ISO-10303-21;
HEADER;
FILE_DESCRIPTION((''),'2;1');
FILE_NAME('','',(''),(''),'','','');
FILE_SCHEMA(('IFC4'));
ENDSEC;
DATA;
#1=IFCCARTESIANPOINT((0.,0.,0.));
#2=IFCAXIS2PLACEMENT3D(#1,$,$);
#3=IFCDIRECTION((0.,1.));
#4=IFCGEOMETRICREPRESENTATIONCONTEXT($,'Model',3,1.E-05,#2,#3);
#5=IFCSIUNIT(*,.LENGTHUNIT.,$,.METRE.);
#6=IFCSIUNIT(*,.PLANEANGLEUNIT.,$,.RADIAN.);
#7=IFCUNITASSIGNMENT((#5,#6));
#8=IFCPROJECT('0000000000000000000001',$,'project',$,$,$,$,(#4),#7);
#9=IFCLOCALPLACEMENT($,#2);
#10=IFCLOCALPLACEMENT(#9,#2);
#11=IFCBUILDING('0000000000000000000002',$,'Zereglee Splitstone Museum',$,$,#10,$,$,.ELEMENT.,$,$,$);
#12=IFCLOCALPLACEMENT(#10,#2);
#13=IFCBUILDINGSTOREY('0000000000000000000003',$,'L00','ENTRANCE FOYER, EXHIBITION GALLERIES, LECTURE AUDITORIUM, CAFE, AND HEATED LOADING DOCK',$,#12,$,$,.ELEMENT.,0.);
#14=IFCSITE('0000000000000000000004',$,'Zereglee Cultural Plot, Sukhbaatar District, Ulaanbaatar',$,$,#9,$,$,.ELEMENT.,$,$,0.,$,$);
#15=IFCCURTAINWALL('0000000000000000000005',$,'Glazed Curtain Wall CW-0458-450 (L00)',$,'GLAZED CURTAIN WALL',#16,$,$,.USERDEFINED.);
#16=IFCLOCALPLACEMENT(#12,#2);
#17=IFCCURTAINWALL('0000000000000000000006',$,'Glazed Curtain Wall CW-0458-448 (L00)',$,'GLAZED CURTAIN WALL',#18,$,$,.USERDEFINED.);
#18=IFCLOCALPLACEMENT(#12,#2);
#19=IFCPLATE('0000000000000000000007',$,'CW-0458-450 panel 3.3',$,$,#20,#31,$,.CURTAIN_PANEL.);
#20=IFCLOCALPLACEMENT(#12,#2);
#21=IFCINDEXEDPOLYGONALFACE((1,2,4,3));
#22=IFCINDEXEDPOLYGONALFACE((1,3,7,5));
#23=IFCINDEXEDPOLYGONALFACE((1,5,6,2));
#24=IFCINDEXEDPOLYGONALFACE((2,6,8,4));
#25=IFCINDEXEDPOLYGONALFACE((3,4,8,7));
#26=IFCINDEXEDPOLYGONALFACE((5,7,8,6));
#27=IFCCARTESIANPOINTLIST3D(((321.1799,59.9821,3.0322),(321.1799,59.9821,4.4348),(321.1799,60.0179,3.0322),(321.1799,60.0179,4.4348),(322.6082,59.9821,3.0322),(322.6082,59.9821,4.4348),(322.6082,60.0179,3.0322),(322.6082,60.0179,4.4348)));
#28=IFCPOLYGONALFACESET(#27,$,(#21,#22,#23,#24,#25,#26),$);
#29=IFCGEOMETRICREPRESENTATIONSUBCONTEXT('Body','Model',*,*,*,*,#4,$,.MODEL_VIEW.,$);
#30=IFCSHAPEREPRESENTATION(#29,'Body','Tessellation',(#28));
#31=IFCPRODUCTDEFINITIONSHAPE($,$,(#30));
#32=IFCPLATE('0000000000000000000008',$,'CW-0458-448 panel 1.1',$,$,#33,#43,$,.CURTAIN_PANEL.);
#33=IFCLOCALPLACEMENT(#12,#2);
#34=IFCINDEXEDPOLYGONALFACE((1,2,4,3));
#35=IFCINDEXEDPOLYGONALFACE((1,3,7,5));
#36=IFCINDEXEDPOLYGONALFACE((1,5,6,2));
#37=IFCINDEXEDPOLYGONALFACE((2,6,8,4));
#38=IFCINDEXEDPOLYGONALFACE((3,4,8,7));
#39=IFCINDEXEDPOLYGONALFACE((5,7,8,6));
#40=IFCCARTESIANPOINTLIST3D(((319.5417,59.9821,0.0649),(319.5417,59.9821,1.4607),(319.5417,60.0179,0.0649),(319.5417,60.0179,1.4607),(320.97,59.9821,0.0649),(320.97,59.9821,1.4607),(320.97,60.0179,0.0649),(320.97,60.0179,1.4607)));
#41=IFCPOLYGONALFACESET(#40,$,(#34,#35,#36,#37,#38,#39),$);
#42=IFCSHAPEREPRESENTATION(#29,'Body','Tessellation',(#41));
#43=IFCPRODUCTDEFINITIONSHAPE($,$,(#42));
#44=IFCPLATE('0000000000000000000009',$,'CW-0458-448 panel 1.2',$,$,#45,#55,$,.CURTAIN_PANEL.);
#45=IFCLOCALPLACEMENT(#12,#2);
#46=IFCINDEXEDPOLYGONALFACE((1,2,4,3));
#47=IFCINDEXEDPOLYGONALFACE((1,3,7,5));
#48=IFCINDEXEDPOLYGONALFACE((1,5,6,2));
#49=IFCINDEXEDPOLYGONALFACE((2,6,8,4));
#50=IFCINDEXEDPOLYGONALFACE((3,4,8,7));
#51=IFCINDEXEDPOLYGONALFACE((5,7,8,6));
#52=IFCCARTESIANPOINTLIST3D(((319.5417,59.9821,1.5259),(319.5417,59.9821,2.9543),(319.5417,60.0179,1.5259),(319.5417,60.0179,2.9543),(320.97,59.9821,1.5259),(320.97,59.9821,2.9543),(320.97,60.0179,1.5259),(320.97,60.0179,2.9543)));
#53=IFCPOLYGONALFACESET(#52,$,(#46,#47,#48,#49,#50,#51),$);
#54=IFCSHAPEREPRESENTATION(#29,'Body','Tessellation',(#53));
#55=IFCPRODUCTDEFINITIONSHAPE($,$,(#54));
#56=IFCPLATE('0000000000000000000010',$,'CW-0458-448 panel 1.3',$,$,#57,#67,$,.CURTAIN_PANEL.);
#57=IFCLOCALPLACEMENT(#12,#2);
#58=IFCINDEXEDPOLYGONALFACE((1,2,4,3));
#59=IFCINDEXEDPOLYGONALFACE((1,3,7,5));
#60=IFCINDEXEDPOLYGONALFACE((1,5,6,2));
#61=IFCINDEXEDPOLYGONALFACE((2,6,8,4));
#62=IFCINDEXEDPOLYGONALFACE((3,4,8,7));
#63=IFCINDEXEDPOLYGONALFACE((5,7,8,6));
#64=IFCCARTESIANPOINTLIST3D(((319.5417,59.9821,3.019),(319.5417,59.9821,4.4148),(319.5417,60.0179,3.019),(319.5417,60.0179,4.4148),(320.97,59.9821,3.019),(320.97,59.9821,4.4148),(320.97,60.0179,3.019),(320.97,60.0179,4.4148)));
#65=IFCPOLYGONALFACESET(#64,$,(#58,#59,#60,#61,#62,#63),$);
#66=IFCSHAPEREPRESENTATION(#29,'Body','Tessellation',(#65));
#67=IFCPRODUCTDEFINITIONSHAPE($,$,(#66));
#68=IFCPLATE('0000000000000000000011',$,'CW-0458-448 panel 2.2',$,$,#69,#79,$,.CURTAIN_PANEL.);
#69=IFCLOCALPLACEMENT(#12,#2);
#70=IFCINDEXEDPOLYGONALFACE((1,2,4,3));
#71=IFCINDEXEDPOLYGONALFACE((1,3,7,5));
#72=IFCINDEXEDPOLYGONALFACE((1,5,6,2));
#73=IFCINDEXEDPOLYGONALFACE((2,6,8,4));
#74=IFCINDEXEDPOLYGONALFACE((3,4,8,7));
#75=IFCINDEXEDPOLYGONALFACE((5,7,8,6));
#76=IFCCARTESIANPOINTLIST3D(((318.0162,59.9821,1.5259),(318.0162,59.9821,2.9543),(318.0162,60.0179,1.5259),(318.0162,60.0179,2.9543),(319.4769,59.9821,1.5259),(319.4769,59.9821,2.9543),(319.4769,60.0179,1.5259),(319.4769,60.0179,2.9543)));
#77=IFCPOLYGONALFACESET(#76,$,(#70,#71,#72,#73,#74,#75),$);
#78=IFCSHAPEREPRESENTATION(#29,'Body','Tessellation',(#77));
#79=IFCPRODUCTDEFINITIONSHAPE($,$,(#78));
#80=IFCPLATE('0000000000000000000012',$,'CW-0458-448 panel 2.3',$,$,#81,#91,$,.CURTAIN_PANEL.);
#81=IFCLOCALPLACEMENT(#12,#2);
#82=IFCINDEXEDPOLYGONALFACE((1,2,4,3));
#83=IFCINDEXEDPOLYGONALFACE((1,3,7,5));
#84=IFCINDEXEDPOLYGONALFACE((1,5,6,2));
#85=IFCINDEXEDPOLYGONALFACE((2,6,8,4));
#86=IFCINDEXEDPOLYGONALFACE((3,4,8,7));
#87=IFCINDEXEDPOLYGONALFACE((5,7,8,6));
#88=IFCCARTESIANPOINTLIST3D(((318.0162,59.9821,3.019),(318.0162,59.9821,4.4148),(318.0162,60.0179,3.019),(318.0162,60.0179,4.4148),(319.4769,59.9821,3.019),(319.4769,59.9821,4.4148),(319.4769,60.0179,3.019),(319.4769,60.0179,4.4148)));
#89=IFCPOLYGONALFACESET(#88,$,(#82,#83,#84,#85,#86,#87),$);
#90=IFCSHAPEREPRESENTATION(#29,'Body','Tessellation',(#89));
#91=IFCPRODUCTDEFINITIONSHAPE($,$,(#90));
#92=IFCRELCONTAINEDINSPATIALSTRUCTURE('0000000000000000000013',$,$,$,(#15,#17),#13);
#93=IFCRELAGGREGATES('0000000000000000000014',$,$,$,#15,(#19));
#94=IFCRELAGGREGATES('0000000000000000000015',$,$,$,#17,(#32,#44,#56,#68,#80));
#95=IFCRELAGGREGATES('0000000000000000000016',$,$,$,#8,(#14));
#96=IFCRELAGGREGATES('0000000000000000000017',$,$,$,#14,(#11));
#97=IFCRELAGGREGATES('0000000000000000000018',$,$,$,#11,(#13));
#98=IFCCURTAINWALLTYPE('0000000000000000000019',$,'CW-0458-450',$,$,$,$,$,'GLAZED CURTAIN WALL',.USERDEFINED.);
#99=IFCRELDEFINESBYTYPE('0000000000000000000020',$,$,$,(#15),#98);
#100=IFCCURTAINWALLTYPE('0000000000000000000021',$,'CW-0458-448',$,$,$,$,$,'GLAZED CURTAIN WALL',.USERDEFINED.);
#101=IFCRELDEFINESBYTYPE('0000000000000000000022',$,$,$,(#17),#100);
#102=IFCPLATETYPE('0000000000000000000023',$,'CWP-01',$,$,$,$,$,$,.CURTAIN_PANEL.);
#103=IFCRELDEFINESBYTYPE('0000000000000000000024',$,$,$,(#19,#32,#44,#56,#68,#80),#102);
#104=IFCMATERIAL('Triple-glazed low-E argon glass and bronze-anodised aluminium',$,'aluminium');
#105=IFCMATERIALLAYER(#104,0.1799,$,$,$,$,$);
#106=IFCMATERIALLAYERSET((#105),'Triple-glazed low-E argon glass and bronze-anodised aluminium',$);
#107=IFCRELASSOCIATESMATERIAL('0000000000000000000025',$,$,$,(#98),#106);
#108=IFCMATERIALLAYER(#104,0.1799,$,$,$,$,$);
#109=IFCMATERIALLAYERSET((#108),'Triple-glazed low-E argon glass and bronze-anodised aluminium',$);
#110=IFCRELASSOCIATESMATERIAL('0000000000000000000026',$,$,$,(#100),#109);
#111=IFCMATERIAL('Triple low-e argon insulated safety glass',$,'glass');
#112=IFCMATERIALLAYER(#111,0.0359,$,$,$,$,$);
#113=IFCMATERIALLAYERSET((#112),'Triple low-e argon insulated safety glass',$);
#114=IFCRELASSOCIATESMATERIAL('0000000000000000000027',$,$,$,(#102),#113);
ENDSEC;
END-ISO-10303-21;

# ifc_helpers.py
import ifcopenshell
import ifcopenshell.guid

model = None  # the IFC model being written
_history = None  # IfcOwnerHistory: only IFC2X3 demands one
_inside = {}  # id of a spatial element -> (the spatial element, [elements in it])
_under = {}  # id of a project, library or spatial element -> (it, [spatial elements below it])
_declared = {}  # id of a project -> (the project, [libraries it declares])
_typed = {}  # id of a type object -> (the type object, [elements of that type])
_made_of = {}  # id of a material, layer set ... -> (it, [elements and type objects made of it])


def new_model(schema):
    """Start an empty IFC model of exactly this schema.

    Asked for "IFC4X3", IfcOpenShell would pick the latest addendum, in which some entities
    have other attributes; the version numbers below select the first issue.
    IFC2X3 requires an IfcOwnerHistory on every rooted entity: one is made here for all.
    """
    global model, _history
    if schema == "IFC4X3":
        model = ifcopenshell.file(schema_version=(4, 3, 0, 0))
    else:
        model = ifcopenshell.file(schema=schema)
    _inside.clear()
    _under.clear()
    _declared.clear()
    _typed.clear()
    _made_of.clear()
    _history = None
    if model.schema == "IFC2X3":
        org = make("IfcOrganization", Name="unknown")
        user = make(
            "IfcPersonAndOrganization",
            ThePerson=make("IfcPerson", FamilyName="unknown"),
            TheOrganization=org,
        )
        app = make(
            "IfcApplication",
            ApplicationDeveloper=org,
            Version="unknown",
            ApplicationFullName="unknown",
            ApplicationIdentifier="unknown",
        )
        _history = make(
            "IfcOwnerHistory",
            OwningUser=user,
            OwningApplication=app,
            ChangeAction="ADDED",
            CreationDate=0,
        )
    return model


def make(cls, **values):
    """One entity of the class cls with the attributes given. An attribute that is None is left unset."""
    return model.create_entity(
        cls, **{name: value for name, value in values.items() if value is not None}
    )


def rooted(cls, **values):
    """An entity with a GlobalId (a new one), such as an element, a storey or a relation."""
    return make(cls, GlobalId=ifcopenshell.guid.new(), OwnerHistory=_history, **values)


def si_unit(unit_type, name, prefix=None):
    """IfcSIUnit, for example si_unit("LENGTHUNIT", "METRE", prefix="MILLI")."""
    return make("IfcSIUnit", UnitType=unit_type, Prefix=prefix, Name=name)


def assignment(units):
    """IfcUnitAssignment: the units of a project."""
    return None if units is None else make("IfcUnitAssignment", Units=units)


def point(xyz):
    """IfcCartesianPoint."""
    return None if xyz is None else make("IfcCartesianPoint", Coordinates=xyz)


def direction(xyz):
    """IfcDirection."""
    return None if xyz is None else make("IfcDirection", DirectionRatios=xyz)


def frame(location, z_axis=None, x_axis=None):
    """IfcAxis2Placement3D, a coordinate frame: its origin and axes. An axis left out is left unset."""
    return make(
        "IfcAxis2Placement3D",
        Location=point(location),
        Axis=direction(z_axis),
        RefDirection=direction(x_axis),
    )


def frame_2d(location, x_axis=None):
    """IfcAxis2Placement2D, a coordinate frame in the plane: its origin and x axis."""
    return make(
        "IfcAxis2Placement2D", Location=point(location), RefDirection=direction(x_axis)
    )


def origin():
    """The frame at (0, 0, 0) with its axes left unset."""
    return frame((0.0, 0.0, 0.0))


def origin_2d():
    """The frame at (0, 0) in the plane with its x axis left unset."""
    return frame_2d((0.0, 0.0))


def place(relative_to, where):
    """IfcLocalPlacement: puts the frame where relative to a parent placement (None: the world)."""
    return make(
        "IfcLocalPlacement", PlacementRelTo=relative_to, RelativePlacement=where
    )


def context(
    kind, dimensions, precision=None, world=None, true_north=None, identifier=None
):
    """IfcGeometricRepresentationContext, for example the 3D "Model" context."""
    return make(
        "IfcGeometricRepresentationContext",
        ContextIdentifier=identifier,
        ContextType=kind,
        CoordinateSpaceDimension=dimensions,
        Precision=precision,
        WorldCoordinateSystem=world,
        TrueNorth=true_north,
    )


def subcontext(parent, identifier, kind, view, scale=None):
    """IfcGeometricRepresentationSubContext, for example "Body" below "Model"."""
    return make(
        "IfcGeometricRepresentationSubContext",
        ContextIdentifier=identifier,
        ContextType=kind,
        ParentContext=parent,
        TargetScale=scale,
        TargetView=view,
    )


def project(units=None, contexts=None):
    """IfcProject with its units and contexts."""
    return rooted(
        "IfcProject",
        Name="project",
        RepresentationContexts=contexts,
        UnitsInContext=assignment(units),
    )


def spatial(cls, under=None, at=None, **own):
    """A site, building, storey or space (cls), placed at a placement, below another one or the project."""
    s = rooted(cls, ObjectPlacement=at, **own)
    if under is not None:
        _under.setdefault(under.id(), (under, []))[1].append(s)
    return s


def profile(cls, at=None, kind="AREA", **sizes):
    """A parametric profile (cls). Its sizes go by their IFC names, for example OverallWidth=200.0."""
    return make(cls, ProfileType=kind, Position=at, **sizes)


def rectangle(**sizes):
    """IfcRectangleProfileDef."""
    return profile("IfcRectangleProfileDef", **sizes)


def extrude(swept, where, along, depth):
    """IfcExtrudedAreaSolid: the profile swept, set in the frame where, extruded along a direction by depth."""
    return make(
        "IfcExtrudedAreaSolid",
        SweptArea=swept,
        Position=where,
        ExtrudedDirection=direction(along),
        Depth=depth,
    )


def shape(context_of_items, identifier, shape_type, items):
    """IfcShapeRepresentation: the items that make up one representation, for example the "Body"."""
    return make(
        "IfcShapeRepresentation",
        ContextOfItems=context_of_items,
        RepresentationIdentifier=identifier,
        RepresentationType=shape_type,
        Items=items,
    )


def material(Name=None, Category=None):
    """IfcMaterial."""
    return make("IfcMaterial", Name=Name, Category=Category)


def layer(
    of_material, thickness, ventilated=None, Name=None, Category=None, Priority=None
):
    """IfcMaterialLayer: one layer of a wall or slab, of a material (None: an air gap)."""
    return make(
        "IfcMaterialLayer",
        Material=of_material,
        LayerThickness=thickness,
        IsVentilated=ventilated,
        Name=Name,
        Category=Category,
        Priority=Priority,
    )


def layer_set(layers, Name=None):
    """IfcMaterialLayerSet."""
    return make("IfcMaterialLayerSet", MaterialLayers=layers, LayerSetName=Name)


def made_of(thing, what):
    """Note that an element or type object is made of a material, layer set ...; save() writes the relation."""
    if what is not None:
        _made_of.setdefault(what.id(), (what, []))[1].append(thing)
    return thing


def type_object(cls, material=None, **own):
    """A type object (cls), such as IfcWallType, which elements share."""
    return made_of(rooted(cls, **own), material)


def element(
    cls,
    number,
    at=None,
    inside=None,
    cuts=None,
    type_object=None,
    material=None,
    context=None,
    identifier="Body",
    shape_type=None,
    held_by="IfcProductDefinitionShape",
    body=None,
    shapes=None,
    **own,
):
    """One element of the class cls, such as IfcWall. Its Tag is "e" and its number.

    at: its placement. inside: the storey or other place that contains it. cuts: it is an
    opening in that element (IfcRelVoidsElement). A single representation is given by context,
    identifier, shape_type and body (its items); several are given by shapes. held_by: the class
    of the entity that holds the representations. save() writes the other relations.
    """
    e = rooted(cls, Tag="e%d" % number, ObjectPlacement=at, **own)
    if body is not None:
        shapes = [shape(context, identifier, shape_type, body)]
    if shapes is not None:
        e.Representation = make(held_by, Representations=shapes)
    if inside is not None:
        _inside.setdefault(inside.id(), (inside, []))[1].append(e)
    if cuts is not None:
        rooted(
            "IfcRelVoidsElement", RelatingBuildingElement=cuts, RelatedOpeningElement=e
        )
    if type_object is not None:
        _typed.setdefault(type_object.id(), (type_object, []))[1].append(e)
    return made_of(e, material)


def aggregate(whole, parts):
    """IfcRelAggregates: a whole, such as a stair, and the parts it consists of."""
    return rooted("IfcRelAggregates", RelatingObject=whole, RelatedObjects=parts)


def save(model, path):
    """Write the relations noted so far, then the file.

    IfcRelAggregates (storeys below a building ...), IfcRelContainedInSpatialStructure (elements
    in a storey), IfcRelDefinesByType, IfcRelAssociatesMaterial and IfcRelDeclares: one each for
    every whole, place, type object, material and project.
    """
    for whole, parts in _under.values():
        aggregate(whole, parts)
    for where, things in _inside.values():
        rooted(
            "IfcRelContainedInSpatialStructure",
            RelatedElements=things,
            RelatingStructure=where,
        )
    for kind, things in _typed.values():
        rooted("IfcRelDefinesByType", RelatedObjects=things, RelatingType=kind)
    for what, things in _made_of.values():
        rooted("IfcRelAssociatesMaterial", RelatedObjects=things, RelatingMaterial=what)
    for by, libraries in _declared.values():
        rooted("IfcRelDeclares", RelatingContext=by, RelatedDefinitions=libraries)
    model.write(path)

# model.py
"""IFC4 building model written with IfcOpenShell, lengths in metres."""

from ifc_helpers import new_model, si_unit, direction, frame, origin, origin_2d, place, context, subcontext, project, spatial, rectangle, extrude, material, layer, layer_set, type_object, element, aggregate, save


model = new_model("IFC4")

# Units and contexts
model_context = context("Model", 3, precision=1e-05, world=origin(), true_north=direction((0.0, 1.0)))
body_context = subcontext(model_context, "Body", "Model", "MODEL_VIEW")
ifc_project = project(units=[si_unit("LENGTHUNIT", "METRE"), si_unit("PLANEANGLEUNIT", "RADIAN")], contexts=[model_context])

# Site, building, storey
site_placement = place(None, origin())
site = spatial("IfcSite", under=ifc_project, at=site_placement, Name="Zereglee Cultural Plot, Sukhbaatar District, Ulaanbaatar", CompositionType="ELEMENT", RefElevation=0.0)
building_placement = place(site_placement, origin())
building = spatial("IfcBuilding", under=site, at=building_placement, Name="Zereglee Splitstone Museum", CompositionType="ELEMENT")
storey_placement = place(building_placement, origin())
storey = spatial("IfcBuildingStorey", under=building, at=storey_placement, Name="L00", Description="ENTRANCE FOYER, EXHIBITION GALLERIES, LECTURE AUDITORIUM, CAFE, AND HEATED LOADING DOCK", CompositionType="ELEMENT", Elevation=0.0)

# Curtain wall
ifc_material_1 = material(Name="Triple-glazed low-E argon glass and bronze-anodised aluminium", Category="aluminium")
ifc_layer_1 = layer(ifc_material_1, 0.1799)
ifc_layer_set_1 = layer_set([ifc_layer_1], Name="Triple-glazed low-E argon glass and bronze-anodised aluminium")
curtain_wall_type_1 = type_object("IfcCurtainWallType", Name="CW-0458-450", ElementType="GLAZED CURTAIN WALL", PredefinedType="USERDEFINED", material=ifc_layer_set_1)
curtain_wall_1_placement = place(storey_placement, origin())
curtain_wall_1 = element("IfcCurtainWall", 1, at=curtain_wall_1_placement, inside=storey, type_object=curtain_wall_type_1, Name="Glazed Curtain Wall CW-0458-450 (L00)", ObjectType="GLAZED CURTAIN WALL", PredefinedType="USERDEFINED")

# Curtain wall
ifc_layer_2 = layer(ifc_material_1, 0.1799)
ifc_layer_set_2 = layer_set([ifc_layer_2], Name="Triple-glazed low-E argon glass and bronze-anodised aluminium")
curtain_wall_type_2 = type_object("IfcCurtainWallType", Name="CW-0458-448", ElementType="GLAZED CURTAIN WALL", PredefinedType="USERDEFINED", material=ifc_layer_set_2)
curtain_wall_2_placement = place(storey_placement, origin())
curtain_wall_2 = element("IfcCurtainWall", 2, at=curtain_wall_2_placement, inside=storey, type_object=curtain_wall_type_2, Name="Glazed Curtain Wall CW-0458-448 (L00)", ObjectType="GLAZED CURTAIN WALL", PredefinedType="USERDEFINED")

# Plates
ifc_material_2 = material(Name="Triple low-e argon insulated safety glass", Category="glass")
ifc_layer_3 = layer(ifc_material_2, 0.0359)
ifc_layer_set_3 = layer_set([ifc_layer_3], Name="Triple low-e argon insulated safety glass")
plate_type = type_object("IfcPlateType", Name="CWP-01", PredefinedType="CURTAIN_PANEL", material=ifc_layer_set_3)
plate_1_placement = place(storey_placement, frame((321.894, 60.0, 3.0322), z_axis=(0.0, 0.0, 1.0), x_axis=(-1.0, 0.0, 0.0)))
plate_1 = element("IfcPlate", 3, at=plate_1_placement, type_object=plate_type, Name="CW-0458-450 panel 3.3", PredefinedType="CURTAIN_PANEL", context=body_context, shape_type="SweptSolid", body=[
    extrude(rectangle(XDim=1.4282, YDim=0.0359, at=origin_2d()), origin(), (0.0, 0.0, 1.0), 1.4026),
])
aggregate(curtain_wall_1, [plate_1])
plate_2_placement = place(storey_placement, frame((320.2559, 60.0, 0.0649), z_axis=(0.0, 0.0, 1.0), x_axis=(-1.0, 0.0, 0.0)))
plate_2 = element("IfcPlate", 4, at=plate_2_placement, type_object=plate_type, Name="CW-0458-448 panel 1.1", PredefinedType="CURTAIN_PANEL", context=body_context, shape_type="SweptSolid", body=[
    extrude(rectangle(XDim=1.4282, YDim=0.0359, at=origin_2d()), origin(), (0.0, 0.0, 1.0), 1.3958),
])
plate_3_placement = place(storey_placement, frame((320.2559, 60.0, 1.5259), z_axis=(0.0, 0.0, 1.0), x_axis=(-1.0, 0.0, 0.0)))
plate_3 = element("IfcPlate", 5, at=plate_3_placement, type_object=plate_type, Name="CW-0458-448 panel 1.2", PredefinedType="CURTAIN_PANEL", context=body_context, shape_type="SweptSolid", body=[
    extrude(rectangle(XDim=1.4282, YDim=0.0359, at=origin_2d()), origin(), (0.0, 0.0, 1.0), 1.4285),
])
plate_4_placement = place(storey_placement, frame((320.2559, 60.0, 3.019), z_axis=(0.0, 0.0, 1.0), x_axis=(-1.0, 0.0, 0.0)))
plate_4 = element("IfcPlate", 6, at=plate_4_placement, type_object=plate_type, Name="CW-0458-448 panel 1.3", PredefinedType="CURTAIN_PANEL", context=body_context, shape_type="SweptSolid", body=[
    extrude(rectangle(XDim=1.4282, YDim=0.0359, at=origin_2d()), origin(), (0.0, 0.0, 1.0), 1.3958),
])
plate_5_placement = place(storey_placement, frame((318.7466, 60.0, 1.5259), z_axis=(0.0, 0.0, 1.0), x_axis=(-1.0, 0.0, 0.0)))
plate_5 = element("IfcPlate", 7, at=plate_5_placement, type_object=plate_type, Name="CW-0458-448 panel 2.2", PredefinedType="CURTAIN_PANEL", context=body_context, shape_type="SweptSolid", body=[
    extrude(rectangle(XDim=1.4607, YDim=0.0359, at=origin_2d()), origin(), (0.0, 0.0, 1.0), 1.4285),
])
plate_6_placement = place(storey_placement, frame((318.7466, 60.0, 3.019), z_axis=(0.0, 0.0, 1.0), x_axis=(-1.0, 0.0, 0.0)))
plate_6 = element("IfcPlate", 8, at=plate_6_placement, type_object=plate_type, Name="CW-0458-448 panel 2.3", PredefinedType="CURTAIN_PANEL", context=body_context, shape_type="SweptSolid", body=[
    extrude(rectangle(XDim=1.4607, YDim=0.0359, at=origin_2d()), origin(), (0.0, 0.0, 1.0), 1.3958),
])
aggregate(curtain_wall_2, [plate_2, plate_3, plate_4, plate_5, plate_6])

save(model, "model.ifc")
